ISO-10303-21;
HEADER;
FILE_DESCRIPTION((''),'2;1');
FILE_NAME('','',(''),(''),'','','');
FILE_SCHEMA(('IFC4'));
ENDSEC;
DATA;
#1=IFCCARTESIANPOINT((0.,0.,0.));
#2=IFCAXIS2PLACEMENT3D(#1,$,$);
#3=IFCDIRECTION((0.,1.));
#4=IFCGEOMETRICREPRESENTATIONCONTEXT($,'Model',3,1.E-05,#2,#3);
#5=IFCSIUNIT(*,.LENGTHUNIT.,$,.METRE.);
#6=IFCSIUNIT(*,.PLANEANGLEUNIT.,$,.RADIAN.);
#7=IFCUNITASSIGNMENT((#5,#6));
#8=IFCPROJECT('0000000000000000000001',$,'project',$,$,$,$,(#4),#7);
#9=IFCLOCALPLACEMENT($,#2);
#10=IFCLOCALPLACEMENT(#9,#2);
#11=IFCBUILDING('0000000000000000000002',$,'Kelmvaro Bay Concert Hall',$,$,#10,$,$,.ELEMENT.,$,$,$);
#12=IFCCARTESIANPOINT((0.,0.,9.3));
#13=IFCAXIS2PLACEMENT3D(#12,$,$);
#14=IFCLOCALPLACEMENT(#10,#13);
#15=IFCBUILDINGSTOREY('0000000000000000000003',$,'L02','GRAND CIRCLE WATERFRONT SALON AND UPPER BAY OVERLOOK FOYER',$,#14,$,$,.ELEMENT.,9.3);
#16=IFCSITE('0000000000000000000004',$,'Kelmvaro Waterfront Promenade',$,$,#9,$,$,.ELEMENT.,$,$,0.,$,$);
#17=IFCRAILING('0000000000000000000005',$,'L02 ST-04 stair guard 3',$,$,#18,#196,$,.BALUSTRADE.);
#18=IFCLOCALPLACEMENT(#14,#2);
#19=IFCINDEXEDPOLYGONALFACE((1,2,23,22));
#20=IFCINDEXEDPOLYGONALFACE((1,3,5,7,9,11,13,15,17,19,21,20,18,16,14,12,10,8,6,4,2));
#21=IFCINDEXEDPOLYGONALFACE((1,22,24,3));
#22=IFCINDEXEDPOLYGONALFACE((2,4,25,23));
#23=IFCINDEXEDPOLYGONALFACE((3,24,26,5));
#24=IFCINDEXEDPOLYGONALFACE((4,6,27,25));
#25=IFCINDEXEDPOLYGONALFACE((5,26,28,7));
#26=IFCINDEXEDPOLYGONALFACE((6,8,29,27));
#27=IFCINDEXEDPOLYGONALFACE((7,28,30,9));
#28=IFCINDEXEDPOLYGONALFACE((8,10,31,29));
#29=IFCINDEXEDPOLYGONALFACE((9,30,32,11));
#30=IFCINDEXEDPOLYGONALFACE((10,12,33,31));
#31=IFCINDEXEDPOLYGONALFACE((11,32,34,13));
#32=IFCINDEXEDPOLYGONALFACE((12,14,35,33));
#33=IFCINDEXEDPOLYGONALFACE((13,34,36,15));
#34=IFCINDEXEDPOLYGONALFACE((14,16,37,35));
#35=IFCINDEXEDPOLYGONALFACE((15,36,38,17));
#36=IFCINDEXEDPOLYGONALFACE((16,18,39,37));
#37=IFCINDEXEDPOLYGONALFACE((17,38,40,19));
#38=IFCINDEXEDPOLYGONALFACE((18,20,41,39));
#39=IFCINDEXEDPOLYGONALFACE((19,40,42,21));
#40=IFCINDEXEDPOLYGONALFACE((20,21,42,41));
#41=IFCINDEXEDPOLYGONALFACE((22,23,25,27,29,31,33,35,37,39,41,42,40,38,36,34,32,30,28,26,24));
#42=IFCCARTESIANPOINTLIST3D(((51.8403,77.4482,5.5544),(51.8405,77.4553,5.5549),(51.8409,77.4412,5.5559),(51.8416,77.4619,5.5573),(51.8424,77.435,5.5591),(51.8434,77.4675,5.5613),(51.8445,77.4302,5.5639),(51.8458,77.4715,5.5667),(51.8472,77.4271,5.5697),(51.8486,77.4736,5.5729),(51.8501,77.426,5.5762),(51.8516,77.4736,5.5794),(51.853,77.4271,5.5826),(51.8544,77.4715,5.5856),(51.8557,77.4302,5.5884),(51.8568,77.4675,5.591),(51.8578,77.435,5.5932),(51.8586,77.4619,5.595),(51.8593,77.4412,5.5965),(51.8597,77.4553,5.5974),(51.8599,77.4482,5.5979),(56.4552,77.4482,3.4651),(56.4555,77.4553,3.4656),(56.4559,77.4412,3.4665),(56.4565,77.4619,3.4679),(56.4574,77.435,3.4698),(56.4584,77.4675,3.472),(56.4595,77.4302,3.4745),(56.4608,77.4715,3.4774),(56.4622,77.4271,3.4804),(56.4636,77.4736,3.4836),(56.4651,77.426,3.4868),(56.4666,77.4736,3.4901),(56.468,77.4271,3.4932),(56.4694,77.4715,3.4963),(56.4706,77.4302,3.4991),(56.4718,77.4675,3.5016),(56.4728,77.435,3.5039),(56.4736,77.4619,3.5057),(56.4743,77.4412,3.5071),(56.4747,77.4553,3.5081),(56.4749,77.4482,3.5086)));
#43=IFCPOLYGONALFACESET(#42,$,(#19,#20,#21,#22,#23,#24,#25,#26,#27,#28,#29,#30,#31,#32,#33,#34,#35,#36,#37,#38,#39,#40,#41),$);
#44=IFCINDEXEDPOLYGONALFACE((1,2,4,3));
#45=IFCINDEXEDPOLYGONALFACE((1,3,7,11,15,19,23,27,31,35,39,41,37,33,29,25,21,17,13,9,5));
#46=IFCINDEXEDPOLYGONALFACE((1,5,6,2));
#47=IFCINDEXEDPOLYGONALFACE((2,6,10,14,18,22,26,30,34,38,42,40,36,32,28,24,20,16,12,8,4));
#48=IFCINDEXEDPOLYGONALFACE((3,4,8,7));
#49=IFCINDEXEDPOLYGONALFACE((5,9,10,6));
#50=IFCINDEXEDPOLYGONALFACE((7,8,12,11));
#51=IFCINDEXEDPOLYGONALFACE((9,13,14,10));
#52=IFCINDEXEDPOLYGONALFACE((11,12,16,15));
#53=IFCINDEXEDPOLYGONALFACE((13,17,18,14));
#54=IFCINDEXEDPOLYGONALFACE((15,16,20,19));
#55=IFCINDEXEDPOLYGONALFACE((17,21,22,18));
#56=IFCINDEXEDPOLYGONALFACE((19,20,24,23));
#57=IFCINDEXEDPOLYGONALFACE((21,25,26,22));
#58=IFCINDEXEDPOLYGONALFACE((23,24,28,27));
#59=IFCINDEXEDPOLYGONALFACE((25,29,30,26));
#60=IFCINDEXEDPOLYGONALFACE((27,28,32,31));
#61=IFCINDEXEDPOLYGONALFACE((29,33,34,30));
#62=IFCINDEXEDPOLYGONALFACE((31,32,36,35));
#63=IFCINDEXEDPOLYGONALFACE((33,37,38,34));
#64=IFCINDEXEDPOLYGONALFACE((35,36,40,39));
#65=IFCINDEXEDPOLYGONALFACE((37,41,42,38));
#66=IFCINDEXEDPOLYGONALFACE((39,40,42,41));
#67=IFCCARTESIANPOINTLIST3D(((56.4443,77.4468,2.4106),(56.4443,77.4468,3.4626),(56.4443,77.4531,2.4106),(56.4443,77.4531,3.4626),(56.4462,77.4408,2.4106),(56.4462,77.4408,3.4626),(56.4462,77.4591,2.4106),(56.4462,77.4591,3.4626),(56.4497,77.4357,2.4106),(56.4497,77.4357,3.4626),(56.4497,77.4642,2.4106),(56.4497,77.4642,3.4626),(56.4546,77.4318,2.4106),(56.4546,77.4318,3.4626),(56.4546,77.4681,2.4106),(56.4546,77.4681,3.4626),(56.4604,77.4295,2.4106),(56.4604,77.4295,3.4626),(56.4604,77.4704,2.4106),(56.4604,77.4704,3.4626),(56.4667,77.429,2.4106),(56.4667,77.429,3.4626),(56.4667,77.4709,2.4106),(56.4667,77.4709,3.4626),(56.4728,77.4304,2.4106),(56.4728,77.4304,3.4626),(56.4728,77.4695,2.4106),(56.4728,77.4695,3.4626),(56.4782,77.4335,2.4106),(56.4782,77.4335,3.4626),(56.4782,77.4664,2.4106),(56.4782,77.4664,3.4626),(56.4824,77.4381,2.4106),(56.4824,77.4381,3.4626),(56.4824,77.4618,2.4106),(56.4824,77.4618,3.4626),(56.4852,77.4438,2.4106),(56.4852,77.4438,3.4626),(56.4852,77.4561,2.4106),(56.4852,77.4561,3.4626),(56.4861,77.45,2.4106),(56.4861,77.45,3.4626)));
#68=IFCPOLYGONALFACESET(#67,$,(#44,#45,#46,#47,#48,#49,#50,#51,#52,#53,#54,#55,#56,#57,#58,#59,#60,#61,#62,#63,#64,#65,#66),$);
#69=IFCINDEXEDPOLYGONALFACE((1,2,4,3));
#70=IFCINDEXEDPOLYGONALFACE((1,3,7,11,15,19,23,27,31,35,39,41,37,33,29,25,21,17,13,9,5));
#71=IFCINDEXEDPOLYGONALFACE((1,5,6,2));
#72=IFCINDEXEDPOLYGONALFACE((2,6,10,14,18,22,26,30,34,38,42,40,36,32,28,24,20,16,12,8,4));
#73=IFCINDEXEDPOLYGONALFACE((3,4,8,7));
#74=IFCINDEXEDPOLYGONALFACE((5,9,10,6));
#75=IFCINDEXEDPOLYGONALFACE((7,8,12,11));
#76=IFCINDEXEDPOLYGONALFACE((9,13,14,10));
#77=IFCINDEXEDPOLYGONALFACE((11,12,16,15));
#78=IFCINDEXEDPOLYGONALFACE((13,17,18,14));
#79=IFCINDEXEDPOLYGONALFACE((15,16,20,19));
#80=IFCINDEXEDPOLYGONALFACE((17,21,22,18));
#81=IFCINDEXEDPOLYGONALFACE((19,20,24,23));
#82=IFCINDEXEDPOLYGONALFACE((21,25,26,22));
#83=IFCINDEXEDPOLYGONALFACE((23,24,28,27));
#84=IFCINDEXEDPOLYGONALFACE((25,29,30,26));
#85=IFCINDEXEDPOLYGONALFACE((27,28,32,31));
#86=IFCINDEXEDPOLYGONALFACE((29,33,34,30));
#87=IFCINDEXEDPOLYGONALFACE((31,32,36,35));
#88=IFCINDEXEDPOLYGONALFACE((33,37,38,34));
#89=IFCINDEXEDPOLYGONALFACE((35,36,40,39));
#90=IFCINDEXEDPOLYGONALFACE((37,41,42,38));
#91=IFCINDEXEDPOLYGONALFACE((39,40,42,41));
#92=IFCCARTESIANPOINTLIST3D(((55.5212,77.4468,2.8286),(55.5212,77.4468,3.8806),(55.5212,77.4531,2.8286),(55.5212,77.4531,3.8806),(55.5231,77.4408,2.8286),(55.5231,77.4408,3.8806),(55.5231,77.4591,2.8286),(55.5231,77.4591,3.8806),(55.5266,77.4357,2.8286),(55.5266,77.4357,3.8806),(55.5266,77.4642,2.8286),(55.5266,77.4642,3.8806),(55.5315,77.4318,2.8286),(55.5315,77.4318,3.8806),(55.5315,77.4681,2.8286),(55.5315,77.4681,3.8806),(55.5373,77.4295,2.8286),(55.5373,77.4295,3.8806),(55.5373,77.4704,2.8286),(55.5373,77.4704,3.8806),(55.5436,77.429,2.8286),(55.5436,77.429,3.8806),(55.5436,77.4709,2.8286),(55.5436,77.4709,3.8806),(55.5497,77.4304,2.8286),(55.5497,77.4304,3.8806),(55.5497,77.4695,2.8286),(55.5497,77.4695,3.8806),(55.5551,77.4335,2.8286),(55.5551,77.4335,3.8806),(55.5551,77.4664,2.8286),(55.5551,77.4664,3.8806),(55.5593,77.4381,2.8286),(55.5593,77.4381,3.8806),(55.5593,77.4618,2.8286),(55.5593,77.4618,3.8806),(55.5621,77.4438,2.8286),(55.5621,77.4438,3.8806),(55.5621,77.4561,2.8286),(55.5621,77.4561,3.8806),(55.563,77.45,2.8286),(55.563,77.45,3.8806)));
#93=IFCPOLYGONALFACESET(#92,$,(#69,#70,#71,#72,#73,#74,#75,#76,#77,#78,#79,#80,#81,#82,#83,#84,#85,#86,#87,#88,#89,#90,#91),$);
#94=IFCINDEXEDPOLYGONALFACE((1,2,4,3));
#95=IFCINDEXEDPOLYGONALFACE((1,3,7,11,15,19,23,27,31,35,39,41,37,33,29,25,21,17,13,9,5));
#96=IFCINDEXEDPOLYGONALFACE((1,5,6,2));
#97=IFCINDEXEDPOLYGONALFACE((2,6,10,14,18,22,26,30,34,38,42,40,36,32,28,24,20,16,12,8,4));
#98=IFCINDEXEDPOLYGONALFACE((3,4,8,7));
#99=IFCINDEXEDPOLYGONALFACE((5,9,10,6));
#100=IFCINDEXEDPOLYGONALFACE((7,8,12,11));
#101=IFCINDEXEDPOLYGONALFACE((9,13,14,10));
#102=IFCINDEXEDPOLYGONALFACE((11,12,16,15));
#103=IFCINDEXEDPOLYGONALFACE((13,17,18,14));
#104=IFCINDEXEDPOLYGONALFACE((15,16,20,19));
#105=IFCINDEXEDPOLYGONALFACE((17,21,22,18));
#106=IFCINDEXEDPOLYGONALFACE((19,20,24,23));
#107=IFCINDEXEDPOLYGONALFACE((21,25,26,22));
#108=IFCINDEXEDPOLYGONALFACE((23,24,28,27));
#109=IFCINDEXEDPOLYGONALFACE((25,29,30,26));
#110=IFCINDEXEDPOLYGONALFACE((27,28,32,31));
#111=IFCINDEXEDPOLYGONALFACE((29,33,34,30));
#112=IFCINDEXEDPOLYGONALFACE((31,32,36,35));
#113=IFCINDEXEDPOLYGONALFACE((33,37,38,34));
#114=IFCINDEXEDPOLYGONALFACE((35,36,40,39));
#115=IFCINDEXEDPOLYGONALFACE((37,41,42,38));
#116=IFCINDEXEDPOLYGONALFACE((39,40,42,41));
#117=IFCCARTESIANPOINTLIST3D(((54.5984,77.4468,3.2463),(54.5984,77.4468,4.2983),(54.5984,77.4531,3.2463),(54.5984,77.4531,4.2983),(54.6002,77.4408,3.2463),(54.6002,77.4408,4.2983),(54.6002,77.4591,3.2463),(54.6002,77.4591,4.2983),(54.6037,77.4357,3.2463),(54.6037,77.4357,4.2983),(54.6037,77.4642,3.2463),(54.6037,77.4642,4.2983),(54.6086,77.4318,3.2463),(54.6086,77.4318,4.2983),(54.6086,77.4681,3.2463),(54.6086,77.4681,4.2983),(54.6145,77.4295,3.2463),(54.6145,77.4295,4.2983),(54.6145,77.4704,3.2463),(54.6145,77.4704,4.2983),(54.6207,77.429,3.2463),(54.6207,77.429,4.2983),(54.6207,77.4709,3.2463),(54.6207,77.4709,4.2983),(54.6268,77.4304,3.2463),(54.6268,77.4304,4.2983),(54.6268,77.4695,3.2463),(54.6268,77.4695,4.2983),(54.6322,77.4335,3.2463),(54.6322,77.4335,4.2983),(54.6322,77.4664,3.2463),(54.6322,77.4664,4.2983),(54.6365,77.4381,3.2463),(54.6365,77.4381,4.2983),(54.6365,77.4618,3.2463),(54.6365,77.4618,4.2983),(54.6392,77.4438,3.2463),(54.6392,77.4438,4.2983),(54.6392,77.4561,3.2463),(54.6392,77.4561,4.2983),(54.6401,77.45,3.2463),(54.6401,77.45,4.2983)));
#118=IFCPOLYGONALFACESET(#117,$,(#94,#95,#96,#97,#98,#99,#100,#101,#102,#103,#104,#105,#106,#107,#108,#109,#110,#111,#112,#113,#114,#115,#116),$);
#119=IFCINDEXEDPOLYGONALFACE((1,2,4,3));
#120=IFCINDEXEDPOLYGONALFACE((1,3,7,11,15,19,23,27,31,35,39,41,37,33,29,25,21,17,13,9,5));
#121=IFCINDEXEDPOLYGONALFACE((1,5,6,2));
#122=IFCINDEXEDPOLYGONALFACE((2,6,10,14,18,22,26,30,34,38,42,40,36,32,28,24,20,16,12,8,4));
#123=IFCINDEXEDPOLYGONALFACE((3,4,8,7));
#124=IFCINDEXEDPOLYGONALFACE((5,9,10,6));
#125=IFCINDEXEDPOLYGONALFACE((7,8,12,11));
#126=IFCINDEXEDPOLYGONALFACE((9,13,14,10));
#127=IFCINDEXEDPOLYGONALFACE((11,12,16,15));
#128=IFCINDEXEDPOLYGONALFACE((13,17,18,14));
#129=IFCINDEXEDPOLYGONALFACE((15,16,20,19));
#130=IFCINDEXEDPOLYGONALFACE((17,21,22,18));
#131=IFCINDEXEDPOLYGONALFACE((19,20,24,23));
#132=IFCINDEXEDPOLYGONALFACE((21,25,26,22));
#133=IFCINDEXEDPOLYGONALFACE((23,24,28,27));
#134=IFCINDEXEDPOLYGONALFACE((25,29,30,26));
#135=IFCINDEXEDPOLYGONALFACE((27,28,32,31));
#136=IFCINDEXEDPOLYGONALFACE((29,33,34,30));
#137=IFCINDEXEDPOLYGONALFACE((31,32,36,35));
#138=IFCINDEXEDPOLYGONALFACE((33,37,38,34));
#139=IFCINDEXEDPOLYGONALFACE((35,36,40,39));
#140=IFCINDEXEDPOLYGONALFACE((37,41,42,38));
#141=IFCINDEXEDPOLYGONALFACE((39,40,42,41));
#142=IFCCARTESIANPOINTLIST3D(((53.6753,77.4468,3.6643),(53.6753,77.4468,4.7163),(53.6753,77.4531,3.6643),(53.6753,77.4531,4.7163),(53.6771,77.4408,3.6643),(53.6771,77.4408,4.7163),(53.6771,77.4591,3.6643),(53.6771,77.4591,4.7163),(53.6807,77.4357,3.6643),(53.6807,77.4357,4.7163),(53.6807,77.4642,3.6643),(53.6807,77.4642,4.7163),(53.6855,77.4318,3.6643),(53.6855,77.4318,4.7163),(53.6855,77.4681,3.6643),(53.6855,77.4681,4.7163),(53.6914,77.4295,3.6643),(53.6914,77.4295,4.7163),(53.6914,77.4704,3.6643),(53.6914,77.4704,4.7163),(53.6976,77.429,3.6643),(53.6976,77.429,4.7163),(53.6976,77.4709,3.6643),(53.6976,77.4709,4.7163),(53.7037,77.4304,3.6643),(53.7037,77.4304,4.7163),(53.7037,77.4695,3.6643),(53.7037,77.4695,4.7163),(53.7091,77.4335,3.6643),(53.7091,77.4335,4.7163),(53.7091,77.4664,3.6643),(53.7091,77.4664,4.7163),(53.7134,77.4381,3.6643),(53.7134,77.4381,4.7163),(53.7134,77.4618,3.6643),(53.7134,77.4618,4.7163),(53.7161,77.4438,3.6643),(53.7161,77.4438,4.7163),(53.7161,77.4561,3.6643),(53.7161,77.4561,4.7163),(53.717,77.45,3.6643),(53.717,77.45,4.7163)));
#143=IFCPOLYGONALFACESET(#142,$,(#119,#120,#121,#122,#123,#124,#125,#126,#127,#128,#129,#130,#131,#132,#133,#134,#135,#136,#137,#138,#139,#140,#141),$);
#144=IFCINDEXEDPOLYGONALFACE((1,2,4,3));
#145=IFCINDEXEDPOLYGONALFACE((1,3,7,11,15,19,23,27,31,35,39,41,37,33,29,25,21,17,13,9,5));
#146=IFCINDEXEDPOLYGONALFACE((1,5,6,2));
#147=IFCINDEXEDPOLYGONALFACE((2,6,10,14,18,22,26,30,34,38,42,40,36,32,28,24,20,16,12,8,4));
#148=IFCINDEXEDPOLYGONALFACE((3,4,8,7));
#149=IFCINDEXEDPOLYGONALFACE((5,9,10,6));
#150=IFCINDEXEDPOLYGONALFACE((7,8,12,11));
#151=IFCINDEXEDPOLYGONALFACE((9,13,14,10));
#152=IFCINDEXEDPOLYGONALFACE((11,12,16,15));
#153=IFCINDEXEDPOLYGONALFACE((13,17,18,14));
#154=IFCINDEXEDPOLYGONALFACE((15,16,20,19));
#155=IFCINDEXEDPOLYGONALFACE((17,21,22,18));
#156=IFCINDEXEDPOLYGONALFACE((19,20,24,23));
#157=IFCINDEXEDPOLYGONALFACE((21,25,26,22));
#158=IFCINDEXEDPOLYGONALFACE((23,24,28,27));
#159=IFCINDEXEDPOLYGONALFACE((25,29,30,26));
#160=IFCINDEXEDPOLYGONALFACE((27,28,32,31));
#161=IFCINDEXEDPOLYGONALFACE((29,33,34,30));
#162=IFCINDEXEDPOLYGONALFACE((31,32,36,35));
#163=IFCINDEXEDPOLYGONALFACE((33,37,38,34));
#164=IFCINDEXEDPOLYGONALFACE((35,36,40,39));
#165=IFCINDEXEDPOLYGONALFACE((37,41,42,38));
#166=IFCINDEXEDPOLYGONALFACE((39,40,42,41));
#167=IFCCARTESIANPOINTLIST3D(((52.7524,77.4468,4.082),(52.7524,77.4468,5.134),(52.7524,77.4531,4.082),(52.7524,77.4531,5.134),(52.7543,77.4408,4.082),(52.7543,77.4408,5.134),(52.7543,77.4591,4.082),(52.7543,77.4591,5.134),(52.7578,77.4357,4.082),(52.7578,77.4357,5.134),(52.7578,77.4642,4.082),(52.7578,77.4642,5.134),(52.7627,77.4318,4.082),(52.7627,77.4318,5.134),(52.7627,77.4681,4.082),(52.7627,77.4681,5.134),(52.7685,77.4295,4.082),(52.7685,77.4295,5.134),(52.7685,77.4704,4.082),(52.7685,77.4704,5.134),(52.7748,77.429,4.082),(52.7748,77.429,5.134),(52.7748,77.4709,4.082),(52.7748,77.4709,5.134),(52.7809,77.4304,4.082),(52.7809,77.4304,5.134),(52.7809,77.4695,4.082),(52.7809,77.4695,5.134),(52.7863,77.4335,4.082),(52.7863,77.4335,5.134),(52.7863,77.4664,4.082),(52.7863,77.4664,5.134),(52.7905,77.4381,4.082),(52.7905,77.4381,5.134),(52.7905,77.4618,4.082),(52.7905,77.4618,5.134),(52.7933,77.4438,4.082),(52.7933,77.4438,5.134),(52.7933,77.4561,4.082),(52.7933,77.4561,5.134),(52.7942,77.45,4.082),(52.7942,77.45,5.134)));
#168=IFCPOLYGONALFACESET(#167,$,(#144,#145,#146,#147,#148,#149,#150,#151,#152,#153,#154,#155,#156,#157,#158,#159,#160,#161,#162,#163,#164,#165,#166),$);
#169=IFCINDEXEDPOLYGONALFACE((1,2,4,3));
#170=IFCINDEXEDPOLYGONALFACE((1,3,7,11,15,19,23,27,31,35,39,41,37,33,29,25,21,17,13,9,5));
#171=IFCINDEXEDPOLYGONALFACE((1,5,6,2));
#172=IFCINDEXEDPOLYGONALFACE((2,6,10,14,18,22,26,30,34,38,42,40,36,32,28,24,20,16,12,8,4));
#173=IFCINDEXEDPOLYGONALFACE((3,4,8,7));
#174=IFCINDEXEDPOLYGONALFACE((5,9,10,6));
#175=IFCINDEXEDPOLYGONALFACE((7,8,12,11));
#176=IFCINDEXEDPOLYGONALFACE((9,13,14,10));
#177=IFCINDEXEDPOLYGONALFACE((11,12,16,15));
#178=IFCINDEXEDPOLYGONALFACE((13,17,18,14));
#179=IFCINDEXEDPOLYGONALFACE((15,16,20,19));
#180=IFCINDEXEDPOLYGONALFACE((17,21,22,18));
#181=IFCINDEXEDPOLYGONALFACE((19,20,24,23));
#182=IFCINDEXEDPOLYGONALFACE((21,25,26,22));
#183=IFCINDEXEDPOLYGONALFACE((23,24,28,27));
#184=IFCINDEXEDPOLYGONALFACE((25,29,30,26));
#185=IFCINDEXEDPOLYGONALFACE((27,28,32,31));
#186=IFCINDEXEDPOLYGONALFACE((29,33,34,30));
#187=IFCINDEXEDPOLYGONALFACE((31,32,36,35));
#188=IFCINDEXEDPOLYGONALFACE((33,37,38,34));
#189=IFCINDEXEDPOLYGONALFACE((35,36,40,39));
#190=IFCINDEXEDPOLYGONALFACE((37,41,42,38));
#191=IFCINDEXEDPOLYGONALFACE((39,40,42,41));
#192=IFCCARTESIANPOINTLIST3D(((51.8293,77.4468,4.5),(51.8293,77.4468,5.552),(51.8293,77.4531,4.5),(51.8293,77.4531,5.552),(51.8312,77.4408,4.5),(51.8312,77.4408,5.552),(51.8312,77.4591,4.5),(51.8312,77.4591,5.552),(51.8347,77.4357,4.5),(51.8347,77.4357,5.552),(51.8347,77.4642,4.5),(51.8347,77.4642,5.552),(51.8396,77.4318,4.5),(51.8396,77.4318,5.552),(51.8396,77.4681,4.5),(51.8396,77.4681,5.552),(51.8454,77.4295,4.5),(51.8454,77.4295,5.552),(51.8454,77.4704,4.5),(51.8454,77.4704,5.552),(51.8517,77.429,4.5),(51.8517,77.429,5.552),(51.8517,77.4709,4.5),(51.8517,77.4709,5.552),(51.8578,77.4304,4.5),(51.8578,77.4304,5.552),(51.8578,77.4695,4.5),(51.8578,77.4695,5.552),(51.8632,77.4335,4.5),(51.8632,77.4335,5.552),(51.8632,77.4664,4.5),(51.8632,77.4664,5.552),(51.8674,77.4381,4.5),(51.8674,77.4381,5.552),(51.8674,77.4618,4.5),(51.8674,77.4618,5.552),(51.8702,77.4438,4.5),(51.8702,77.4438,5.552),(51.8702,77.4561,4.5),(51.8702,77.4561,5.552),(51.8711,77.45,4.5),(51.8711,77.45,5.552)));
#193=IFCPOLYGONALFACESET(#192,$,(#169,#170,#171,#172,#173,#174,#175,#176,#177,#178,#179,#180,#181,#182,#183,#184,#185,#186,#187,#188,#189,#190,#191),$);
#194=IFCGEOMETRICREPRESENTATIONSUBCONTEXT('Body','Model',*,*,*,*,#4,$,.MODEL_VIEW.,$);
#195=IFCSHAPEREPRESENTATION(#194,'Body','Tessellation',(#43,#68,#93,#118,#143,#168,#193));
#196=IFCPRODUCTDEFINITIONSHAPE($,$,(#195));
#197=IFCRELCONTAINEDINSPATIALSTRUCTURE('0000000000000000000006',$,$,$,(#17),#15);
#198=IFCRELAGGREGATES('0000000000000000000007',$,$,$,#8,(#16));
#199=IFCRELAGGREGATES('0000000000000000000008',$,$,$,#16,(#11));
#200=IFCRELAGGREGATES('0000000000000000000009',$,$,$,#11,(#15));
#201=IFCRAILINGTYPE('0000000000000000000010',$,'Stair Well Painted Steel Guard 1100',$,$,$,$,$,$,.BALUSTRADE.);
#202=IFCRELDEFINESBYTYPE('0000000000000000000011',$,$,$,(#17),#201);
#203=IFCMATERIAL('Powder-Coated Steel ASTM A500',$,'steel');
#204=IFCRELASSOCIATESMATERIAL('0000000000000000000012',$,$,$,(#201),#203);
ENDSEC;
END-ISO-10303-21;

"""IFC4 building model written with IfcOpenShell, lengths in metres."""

from ifc_helpers import new_model, si_unit, direction, frame, origin, origin_2d, place, context, subcontext, project, spatial, circle, extrude, material, type_object, element, save


model = new_model("IFC4")

# Units and contexts
model_context = context("Model", 3, precision=1e-05, world=origin(), true_north=direction((0.0, 1.0)))
body_context = subcontext(model_context, "Body", "Model", "MODEL_VIEW")
ifc_project = project(units=[si_unit("LENGTHUNIT", "METRE"), si_unit("PLANEANGLEUNIT", "RADIAN")], contexts=[model_context])

# Site, building, storey
site_placement = place(None, origin())
site = spatial("IfcSite", under=ifc_project, at=site_placement, Name="Kelmvaro Waterfront Promenade", CompositionType="ELEMENT", RefElevation=0.0)
building_placement = place(site_placement, origin())
building = spatial("IfcBuilding", under=site, at=building_placement, Name="Kelmvaro Bay Concert Hall", CompositionType="ELEMENT")
storey_placement = place(building_placement, frame((0.0, 0.0, 9.3)))
storey = spatial("IfcBuildingStorey", under=building, at=storey_placement, Name="L02", Description="GRAND CIRCLE WATERFRONT SALON AND UPPER BAY OVERLOOK FOYER", CompositionType="ELEMENT", Elevation=9.3)

# Railing
ifc_material_1 = material(Name="Powder-Coated Steel ASTM A500", Category="steel")
railing_type_1 = type_object("IfcRailingType", Name="Stair Well Painted Steel Guard 1100", PredefinedType="BALUSTRADE", material=ifc_material_1)
railing_1_placement = place(storey_placement, frame((56.4651, 77.45, 2.4106)))
element("IfcRailing", 1, at=railing_1_placement, inside=storey, type_object=railing_type_1, Name="L02 ST-04 stair guard 3", PredefinedType="BALUSTRADE", context=body_context, shape_type="SweptSolid", body=[
    extrude(circle(Radius=0.0239, at=origin_2d()), frame((0.0, 0.0, 1.0762), z_axis=(-0.910988, 0.0, 0.412434), x_axis=(0.0, -1.0, 0.0)), (0.0, 0.0, 1.0), 5.0659),
    extrude(circle(Radius=0.021, at=origin_2d()), origin(), (0.0, 0.0, 1.0), 1.052),
    extrude(circle(Radius=0.021, at=origin_2d()), frame((-0.9231, 0.0, 0.418)), (0.0, 0.0, 1.0), 1.052),
    extrude(circle(Radius=0.021, at=origin_2d()), frame((-1.8459, 0.0, 0.8357)), (0.0, 0.0, 1.0), 1.052),
    extrude(circle(Radius=0.021, at=origin_2d()), frame((-2.769, 0.0, 1.2537)), (0.0, 0.0, 1.0), 1.052),
    extrude(circle(Radius=0.021, at=origin_2d()), frame((-3.6919, 0.0, 1.6714)), (0.0, 0.0, 1.0), 1.052),
    extrude(circle(Radius=0.021, at=origin_2d()), frame((-4.615, 0.0, 2.0894)), (0.0, 0.0, 1.0), 1.052),
])

save(model, "model.ifc")
